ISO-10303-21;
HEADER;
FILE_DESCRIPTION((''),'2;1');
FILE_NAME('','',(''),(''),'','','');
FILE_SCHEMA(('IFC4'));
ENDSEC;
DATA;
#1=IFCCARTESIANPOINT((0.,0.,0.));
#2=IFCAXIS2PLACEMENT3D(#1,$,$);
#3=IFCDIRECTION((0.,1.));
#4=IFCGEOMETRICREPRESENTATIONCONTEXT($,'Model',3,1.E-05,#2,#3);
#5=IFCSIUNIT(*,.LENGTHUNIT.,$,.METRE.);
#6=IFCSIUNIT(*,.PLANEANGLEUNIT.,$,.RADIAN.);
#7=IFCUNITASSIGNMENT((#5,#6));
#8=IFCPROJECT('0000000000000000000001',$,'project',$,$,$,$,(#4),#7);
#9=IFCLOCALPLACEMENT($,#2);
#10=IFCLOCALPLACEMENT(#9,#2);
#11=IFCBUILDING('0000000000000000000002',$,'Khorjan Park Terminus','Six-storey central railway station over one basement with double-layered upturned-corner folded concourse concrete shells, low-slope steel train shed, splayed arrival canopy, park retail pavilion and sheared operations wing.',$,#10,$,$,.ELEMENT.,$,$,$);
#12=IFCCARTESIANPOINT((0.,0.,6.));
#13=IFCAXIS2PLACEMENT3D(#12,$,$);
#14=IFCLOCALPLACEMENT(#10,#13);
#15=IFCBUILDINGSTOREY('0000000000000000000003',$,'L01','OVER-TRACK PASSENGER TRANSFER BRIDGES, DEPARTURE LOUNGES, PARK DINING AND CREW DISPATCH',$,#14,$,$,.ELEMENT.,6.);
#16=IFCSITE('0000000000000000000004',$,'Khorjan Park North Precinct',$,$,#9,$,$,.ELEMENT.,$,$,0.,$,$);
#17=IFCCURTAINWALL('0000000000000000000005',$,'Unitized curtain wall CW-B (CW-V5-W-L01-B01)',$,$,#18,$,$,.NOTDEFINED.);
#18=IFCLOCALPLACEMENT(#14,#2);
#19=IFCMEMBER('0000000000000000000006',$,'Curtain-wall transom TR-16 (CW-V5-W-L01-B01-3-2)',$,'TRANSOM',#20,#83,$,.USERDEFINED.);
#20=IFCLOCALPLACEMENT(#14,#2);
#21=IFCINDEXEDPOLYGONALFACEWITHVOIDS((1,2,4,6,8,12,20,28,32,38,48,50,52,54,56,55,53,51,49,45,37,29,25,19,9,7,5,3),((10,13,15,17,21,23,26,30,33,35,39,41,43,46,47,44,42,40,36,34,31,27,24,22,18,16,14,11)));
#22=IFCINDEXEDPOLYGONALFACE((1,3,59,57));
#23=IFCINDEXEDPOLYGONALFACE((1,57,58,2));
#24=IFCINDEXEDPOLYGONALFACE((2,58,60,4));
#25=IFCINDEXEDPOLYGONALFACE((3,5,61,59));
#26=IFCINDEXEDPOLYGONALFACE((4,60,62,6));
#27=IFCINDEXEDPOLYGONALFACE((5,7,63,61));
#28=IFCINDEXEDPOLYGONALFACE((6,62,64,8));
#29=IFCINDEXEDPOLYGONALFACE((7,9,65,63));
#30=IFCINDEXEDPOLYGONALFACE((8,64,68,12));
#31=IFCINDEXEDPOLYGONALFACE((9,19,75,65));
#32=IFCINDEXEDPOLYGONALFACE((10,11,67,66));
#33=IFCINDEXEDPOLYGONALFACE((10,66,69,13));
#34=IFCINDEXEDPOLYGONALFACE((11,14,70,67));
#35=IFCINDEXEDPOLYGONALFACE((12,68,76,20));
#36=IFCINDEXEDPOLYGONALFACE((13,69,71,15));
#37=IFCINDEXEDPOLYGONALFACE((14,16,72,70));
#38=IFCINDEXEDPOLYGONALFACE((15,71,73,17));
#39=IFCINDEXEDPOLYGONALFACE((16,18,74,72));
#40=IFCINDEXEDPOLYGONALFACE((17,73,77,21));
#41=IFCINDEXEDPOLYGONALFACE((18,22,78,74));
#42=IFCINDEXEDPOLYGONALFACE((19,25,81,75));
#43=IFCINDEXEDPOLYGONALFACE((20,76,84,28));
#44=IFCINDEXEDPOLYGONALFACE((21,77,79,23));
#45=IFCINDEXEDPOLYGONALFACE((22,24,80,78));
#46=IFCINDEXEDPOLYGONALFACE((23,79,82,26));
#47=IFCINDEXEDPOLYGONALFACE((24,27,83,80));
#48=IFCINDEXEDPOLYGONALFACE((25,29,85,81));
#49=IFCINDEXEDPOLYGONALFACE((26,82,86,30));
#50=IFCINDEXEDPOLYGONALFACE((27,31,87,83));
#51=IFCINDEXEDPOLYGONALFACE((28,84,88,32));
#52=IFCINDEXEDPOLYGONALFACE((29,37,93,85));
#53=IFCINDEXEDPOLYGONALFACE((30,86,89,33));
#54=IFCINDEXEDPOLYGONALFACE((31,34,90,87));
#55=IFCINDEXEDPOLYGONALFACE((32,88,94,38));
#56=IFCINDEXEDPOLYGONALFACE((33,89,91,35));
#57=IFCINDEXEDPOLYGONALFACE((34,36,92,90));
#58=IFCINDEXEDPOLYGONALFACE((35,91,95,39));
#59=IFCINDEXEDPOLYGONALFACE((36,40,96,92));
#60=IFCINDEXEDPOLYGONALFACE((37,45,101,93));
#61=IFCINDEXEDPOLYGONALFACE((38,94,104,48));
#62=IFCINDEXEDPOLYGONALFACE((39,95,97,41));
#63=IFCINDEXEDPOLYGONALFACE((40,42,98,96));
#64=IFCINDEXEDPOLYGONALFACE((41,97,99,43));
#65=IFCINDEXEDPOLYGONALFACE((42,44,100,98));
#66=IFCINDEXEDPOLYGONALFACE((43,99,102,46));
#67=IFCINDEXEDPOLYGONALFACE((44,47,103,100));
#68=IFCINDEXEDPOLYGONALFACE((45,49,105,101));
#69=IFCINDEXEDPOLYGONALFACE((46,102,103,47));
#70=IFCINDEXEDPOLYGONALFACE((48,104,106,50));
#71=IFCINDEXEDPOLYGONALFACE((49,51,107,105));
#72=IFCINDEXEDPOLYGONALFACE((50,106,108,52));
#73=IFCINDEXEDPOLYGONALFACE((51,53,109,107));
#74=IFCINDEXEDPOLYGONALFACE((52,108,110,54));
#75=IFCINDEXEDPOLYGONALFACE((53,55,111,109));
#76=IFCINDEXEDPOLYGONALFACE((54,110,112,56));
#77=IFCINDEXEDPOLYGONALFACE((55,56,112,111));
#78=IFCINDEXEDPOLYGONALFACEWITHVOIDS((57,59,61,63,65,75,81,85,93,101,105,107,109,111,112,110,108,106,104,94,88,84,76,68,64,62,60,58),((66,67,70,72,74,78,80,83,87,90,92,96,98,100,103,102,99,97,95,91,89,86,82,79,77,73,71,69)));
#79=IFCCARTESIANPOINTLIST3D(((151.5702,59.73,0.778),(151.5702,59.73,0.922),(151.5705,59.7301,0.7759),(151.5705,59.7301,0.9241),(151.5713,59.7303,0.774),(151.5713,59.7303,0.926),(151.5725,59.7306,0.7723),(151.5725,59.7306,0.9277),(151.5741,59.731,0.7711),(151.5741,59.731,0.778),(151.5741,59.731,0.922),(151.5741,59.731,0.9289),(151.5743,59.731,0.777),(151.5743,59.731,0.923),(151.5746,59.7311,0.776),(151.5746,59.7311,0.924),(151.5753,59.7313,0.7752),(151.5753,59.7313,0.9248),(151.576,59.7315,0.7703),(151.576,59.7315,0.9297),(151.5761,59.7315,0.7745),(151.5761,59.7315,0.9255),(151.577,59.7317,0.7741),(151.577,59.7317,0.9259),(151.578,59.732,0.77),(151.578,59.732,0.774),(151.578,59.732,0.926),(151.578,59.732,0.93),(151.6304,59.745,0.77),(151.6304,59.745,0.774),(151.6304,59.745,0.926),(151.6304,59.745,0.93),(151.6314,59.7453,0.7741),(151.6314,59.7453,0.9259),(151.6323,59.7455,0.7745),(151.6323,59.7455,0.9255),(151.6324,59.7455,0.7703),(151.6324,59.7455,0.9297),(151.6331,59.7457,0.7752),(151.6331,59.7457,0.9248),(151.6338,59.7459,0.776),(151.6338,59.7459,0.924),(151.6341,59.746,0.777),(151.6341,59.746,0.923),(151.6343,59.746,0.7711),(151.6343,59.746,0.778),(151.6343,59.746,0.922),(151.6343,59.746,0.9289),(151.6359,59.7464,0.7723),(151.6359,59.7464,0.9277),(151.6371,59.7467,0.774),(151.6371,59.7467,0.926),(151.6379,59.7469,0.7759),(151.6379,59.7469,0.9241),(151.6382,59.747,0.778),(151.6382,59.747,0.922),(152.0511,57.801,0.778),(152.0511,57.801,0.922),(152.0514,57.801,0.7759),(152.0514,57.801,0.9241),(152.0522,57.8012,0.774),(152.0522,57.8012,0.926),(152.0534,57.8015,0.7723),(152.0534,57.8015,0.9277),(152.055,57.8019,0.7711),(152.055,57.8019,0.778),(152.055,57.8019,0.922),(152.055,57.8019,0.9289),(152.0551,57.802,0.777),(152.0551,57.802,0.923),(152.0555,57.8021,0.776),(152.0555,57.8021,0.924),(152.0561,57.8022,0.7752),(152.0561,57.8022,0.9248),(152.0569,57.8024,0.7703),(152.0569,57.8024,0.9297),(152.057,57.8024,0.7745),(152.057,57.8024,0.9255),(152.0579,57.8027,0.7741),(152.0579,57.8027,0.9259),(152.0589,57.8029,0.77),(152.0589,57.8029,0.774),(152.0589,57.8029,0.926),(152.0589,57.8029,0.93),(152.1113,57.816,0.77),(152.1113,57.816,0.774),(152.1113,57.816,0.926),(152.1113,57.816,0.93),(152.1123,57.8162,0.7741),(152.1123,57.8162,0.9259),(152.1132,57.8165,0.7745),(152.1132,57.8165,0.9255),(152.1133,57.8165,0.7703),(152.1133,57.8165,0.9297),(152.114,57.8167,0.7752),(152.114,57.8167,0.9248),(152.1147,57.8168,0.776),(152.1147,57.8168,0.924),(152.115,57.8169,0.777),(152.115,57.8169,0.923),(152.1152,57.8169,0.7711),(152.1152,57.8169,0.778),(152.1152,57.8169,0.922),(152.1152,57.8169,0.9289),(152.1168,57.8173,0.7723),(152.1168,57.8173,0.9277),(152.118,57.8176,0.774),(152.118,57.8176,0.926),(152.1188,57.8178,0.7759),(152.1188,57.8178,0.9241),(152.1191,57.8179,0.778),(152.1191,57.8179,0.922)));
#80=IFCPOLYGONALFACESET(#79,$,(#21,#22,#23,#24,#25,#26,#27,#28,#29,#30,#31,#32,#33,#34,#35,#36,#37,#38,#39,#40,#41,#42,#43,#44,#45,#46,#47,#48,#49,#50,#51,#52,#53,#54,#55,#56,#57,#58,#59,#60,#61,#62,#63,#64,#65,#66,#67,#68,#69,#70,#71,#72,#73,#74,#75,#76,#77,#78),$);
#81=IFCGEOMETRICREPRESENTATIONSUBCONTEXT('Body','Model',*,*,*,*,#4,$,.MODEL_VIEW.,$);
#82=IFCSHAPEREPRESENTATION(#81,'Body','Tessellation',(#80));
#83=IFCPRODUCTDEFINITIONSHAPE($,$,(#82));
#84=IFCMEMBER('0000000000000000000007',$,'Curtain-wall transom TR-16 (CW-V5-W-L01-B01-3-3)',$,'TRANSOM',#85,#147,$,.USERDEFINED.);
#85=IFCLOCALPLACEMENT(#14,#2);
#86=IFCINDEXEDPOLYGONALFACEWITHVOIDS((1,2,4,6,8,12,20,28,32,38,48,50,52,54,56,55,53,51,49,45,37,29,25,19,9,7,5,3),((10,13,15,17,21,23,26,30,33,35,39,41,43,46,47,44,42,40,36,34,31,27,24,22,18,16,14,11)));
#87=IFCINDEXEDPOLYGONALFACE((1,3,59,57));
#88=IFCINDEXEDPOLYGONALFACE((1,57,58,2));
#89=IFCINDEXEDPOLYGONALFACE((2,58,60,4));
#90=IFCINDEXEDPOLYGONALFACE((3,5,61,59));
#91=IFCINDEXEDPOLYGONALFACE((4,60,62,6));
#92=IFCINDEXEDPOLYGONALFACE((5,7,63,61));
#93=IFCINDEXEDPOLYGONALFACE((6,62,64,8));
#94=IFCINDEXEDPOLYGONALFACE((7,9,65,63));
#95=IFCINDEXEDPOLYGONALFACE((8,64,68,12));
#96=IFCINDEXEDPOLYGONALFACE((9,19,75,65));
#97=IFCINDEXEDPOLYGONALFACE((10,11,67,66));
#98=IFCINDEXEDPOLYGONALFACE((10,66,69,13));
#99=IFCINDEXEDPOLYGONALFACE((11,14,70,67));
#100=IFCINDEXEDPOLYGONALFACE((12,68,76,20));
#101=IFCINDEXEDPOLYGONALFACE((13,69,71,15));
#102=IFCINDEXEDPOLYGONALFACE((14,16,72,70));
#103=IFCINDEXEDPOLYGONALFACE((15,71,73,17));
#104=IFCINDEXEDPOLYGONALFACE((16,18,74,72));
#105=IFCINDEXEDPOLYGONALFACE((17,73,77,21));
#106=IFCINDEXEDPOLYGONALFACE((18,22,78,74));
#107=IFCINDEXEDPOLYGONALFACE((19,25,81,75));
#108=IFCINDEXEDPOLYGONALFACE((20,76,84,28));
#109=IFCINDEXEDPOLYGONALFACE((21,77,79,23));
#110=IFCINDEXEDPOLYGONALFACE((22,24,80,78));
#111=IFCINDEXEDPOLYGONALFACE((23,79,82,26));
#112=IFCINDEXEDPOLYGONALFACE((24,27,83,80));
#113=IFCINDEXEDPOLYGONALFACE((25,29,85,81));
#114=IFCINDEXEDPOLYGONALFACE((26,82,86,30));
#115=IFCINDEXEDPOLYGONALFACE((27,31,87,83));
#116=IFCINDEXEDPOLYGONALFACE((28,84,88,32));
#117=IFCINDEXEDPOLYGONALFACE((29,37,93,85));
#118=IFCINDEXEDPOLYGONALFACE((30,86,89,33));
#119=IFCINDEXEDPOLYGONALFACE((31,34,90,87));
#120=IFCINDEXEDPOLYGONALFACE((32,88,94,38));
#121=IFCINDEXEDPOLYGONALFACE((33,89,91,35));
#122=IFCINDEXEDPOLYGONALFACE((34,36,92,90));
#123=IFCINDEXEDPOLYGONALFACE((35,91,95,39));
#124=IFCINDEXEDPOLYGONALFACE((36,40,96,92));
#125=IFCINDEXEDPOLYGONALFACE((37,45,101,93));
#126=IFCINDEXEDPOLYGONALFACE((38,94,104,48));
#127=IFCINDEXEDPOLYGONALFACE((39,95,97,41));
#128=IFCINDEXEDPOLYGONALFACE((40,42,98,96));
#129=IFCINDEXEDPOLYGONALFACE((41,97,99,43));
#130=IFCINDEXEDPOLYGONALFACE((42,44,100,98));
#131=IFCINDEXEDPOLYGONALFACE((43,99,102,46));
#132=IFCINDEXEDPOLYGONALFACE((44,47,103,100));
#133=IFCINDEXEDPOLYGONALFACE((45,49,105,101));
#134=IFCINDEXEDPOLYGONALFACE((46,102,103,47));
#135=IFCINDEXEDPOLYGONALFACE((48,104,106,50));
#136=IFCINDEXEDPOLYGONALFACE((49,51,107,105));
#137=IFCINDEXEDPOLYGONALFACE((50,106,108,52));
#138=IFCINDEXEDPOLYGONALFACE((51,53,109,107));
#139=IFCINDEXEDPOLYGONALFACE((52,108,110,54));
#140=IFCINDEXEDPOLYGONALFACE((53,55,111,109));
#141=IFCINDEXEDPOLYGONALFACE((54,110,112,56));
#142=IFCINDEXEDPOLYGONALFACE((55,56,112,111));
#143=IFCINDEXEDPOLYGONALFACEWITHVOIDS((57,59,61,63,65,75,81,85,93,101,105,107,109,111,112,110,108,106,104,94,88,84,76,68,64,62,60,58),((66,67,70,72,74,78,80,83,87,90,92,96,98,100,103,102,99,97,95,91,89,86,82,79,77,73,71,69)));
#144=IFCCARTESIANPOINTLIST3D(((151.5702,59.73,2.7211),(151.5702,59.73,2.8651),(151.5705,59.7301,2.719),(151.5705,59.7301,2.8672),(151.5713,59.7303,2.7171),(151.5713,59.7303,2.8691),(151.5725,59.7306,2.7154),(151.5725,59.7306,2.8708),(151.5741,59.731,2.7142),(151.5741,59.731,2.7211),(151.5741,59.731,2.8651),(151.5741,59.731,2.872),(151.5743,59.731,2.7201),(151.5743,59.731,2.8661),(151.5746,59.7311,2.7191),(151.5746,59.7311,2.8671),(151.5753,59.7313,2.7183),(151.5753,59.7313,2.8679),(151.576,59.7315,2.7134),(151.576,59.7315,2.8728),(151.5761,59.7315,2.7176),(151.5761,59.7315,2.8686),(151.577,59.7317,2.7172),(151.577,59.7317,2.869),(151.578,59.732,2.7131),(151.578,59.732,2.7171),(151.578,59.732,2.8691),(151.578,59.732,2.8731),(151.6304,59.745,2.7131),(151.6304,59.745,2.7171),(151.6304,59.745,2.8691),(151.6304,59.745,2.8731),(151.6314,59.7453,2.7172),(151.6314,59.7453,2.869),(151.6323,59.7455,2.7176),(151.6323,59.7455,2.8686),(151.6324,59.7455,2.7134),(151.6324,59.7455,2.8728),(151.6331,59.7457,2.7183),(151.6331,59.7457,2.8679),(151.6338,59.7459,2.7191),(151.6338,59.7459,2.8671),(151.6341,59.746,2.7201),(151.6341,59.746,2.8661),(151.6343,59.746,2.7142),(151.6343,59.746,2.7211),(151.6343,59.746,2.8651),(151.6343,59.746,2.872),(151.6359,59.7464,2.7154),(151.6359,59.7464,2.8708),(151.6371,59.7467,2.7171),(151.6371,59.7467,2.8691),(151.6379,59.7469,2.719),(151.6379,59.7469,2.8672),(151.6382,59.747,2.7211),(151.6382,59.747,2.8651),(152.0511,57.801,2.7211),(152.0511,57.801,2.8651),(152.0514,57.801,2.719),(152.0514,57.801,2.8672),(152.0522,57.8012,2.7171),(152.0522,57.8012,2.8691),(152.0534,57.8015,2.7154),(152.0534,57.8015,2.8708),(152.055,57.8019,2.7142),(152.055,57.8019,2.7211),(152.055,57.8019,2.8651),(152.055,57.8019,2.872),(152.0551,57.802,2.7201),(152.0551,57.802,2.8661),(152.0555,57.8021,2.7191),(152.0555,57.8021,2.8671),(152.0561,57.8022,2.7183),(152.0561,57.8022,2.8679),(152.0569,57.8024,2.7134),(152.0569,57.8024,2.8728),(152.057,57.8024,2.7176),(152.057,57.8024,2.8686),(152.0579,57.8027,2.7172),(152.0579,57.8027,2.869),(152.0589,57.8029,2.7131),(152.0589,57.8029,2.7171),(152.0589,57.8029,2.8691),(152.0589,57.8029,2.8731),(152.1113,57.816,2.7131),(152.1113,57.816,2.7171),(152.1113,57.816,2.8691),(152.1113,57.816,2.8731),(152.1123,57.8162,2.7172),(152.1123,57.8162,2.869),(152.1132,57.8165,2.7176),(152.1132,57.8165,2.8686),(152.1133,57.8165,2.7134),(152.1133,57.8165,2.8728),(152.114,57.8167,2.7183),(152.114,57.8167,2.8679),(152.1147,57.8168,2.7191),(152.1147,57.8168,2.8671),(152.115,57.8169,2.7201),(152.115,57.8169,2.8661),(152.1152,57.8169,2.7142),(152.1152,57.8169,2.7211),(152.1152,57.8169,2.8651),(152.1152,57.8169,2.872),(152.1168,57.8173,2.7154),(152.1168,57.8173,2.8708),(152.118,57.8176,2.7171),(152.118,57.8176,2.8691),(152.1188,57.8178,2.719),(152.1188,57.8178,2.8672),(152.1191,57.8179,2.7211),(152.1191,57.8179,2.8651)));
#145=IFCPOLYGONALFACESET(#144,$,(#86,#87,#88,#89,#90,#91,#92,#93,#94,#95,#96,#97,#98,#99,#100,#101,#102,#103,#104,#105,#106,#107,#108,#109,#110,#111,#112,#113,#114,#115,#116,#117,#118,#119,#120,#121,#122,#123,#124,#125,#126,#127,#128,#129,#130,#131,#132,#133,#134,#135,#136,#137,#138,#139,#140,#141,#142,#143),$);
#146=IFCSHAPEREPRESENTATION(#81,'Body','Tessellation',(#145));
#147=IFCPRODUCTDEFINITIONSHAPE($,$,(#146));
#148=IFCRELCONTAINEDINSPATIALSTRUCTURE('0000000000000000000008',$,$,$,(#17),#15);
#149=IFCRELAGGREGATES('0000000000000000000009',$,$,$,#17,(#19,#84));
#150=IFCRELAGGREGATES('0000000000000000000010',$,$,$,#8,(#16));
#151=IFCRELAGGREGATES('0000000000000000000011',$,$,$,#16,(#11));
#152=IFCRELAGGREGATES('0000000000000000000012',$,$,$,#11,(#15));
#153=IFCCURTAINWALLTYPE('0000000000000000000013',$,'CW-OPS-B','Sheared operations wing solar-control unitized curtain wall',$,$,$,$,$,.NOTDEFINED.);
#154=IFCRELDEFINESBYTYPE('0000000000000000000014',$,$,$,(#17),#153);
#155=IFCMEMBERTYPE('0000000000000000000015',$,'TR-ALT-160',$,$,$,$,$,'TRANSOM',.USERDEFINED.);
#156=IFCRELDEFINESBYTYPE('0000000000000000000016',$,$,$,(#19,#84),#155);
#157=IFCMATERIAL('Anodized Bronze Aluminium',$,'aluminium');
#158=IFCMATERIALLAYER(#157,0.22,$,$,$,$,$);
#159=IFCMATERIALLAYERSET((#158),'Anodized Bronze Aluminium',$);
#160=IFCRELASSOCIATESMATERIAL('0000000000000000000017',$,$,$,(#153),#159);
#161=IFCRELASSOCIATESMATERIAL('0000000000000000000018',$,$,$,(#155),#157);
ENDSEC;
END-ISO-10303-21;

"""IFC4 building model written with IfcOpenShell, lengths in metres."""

from ifc_helpers import new_model, si_unit, direction, frame, origin, origin_2d, place, context, subcontext, project, spatial, hollow_rectangle, extrude, material, layer, layer_set, material_profile, profile_set, type_object, element, aggregate, save


model = new_model("IFC4")

# Units and contexts
model_context = context("Model", 3, precision=1e-05, world=origin(), true_north=direction((0.0, 1.0)))
body_context = subcontext(model_context, "Body", "Model", "MODEL_VIEW")
ifc_project = project(units=[si_unit("LENGTHUNIT", "METRE"), si_unit("PLANEANGLEUNIT", "RADIAN")], contexts=[model_context])

# Site, building, storey
site_placement = place(None, origin())
site = spatial("IfcSite", under=ifc_project, at=site_placement, Name="Khorjan Park North Precinct", CompositionType="ELEMENT", RefElevation=0.0)
building_placement = place(site_placement, origin())
building = spatial("IfcBuilding", under=site, at=building_placement, Name="Khorjan Park Terminus", Description="Six-storey central railway station over one basement with double-layered upturned-corner folded concourse concrete shells, low-slope steel train shed, splayed arrival canopy, park retail pavilion and sheared operations wing.", CompositionType="ELEMENT")
storey_placement = place(building_placement, frame((0.0, 0.0, 6.0)))
storey = spatial("IfcBuildingStorey", under=building, at=storey_placement, Name="L01", Description="OVER-TRACK PASSENGER TRANSFER BRIDGES, DEPARTURE LOUNGES, PARK DINING AND CREW DISPATCH", CompositionType="ELEMENT", Elevation=6.0)

# Curtain wall, members
ifc_material_1 = material(Name="Anodized Bronze Aluminium", Category="aluminium")
ifc_layer_1 = layer(ifc_material_1, 0.22)
ifc_layer_set_1 = layer_set([ifc_layer_1], Name="Anodized Bronze Aluminium")
curtain_wall_type = type_object("IfcCurtainWallType", Name="CW-OPS-B", Description="Sheared operations wing solar-control unitized curtain wall", PredefinedType="NOTDEFINED", material=ifc_layer_set_1)
curtain_wall_placement = place(storey_placement, origin())
curtain_wall = element("IfcCurtainWall", 1, at=curtain_wall_placement, inside=storey, type_object=curtain_wall_type, Name="Unitized curtain wall CW-B (CW-V5-W-L01-B01)", PredefinedType="NOTDEFINED")
ifc_material_profile_1 = material_profile(ifc_material_1, hollow_rectangle(XDim=0.07, YDim=0.16, WallThickness=0.004, InnerFilletRadius=0.004, OuterFilletRadius=0.008, at=origin_2d()), Name="ALT 70x160x4")
ifc_profile_set_1 = profile_set([ifc_material_profile_1], Name="Anodized Bronze Aluminium")
member_type_1 = type_object("IfcMemberType", Name="TR-ALT-160", ElementType="TRANSOM", PredefinedType="USERDEFINED", material=ifc_profile_set_1)
member_1_placement = place(storey_placement, frame((151.6042, 59.7385, 0.85), z_axis=(0.241885, -0.970305, 0.0), x_axis=(0.970305, 0.241885, 0.0)))
member_1 = element("IfcMember", 2, at=member_1_placement, type_object=member_type_1, Name="Curtain-wall transom TR-16 (CW-V5-W-L01-B01-3-2)", ObjectType="TRANSOM", PredefinedType="USERDEFINED", context=body_context, shape_type="SweptSolid", body=[
    extrude(hollow_rectangle(XDim=0.07, YDim=0.16, WallThickness=0.004, InnerFilletRadius=0.004, OuterFilletRadius=0.008, at=origin_2d()), origin(), (0.0, 0.0, 1.0), 1.9881),
])
member_2_placement = place(storey_placement, frame((151.6042, 59.7385, 2.7931), z_axis=(0.241885, -0.970305, 0.0), x_axis=(0.970305, 0.241885, 0.0)))
member_2 = element("IfcMember", 3, at=member_2_placement, type_object=member_type_1, Name="Curtain-wall transom TR-16 (CW-V5-W-L01-B01-3-3)", ObjectType="TRANSOM", PredefinedType="USERDEFINED", context=body_context, shape_type="SweptSolid", body=[
    extrude(hollow_rectangle(XDim=0.07, YDim=0.16, WallThickness=0.004, InnerFilletRadius=0.004, OuterFilletRadius=0.008, at=origin_2d()), origin(), (0.0, 0.0, 1.0), 1.9881),
])
aggregate(curtain_wall, [member_1, member_2])

save(model, "model.ifc")
